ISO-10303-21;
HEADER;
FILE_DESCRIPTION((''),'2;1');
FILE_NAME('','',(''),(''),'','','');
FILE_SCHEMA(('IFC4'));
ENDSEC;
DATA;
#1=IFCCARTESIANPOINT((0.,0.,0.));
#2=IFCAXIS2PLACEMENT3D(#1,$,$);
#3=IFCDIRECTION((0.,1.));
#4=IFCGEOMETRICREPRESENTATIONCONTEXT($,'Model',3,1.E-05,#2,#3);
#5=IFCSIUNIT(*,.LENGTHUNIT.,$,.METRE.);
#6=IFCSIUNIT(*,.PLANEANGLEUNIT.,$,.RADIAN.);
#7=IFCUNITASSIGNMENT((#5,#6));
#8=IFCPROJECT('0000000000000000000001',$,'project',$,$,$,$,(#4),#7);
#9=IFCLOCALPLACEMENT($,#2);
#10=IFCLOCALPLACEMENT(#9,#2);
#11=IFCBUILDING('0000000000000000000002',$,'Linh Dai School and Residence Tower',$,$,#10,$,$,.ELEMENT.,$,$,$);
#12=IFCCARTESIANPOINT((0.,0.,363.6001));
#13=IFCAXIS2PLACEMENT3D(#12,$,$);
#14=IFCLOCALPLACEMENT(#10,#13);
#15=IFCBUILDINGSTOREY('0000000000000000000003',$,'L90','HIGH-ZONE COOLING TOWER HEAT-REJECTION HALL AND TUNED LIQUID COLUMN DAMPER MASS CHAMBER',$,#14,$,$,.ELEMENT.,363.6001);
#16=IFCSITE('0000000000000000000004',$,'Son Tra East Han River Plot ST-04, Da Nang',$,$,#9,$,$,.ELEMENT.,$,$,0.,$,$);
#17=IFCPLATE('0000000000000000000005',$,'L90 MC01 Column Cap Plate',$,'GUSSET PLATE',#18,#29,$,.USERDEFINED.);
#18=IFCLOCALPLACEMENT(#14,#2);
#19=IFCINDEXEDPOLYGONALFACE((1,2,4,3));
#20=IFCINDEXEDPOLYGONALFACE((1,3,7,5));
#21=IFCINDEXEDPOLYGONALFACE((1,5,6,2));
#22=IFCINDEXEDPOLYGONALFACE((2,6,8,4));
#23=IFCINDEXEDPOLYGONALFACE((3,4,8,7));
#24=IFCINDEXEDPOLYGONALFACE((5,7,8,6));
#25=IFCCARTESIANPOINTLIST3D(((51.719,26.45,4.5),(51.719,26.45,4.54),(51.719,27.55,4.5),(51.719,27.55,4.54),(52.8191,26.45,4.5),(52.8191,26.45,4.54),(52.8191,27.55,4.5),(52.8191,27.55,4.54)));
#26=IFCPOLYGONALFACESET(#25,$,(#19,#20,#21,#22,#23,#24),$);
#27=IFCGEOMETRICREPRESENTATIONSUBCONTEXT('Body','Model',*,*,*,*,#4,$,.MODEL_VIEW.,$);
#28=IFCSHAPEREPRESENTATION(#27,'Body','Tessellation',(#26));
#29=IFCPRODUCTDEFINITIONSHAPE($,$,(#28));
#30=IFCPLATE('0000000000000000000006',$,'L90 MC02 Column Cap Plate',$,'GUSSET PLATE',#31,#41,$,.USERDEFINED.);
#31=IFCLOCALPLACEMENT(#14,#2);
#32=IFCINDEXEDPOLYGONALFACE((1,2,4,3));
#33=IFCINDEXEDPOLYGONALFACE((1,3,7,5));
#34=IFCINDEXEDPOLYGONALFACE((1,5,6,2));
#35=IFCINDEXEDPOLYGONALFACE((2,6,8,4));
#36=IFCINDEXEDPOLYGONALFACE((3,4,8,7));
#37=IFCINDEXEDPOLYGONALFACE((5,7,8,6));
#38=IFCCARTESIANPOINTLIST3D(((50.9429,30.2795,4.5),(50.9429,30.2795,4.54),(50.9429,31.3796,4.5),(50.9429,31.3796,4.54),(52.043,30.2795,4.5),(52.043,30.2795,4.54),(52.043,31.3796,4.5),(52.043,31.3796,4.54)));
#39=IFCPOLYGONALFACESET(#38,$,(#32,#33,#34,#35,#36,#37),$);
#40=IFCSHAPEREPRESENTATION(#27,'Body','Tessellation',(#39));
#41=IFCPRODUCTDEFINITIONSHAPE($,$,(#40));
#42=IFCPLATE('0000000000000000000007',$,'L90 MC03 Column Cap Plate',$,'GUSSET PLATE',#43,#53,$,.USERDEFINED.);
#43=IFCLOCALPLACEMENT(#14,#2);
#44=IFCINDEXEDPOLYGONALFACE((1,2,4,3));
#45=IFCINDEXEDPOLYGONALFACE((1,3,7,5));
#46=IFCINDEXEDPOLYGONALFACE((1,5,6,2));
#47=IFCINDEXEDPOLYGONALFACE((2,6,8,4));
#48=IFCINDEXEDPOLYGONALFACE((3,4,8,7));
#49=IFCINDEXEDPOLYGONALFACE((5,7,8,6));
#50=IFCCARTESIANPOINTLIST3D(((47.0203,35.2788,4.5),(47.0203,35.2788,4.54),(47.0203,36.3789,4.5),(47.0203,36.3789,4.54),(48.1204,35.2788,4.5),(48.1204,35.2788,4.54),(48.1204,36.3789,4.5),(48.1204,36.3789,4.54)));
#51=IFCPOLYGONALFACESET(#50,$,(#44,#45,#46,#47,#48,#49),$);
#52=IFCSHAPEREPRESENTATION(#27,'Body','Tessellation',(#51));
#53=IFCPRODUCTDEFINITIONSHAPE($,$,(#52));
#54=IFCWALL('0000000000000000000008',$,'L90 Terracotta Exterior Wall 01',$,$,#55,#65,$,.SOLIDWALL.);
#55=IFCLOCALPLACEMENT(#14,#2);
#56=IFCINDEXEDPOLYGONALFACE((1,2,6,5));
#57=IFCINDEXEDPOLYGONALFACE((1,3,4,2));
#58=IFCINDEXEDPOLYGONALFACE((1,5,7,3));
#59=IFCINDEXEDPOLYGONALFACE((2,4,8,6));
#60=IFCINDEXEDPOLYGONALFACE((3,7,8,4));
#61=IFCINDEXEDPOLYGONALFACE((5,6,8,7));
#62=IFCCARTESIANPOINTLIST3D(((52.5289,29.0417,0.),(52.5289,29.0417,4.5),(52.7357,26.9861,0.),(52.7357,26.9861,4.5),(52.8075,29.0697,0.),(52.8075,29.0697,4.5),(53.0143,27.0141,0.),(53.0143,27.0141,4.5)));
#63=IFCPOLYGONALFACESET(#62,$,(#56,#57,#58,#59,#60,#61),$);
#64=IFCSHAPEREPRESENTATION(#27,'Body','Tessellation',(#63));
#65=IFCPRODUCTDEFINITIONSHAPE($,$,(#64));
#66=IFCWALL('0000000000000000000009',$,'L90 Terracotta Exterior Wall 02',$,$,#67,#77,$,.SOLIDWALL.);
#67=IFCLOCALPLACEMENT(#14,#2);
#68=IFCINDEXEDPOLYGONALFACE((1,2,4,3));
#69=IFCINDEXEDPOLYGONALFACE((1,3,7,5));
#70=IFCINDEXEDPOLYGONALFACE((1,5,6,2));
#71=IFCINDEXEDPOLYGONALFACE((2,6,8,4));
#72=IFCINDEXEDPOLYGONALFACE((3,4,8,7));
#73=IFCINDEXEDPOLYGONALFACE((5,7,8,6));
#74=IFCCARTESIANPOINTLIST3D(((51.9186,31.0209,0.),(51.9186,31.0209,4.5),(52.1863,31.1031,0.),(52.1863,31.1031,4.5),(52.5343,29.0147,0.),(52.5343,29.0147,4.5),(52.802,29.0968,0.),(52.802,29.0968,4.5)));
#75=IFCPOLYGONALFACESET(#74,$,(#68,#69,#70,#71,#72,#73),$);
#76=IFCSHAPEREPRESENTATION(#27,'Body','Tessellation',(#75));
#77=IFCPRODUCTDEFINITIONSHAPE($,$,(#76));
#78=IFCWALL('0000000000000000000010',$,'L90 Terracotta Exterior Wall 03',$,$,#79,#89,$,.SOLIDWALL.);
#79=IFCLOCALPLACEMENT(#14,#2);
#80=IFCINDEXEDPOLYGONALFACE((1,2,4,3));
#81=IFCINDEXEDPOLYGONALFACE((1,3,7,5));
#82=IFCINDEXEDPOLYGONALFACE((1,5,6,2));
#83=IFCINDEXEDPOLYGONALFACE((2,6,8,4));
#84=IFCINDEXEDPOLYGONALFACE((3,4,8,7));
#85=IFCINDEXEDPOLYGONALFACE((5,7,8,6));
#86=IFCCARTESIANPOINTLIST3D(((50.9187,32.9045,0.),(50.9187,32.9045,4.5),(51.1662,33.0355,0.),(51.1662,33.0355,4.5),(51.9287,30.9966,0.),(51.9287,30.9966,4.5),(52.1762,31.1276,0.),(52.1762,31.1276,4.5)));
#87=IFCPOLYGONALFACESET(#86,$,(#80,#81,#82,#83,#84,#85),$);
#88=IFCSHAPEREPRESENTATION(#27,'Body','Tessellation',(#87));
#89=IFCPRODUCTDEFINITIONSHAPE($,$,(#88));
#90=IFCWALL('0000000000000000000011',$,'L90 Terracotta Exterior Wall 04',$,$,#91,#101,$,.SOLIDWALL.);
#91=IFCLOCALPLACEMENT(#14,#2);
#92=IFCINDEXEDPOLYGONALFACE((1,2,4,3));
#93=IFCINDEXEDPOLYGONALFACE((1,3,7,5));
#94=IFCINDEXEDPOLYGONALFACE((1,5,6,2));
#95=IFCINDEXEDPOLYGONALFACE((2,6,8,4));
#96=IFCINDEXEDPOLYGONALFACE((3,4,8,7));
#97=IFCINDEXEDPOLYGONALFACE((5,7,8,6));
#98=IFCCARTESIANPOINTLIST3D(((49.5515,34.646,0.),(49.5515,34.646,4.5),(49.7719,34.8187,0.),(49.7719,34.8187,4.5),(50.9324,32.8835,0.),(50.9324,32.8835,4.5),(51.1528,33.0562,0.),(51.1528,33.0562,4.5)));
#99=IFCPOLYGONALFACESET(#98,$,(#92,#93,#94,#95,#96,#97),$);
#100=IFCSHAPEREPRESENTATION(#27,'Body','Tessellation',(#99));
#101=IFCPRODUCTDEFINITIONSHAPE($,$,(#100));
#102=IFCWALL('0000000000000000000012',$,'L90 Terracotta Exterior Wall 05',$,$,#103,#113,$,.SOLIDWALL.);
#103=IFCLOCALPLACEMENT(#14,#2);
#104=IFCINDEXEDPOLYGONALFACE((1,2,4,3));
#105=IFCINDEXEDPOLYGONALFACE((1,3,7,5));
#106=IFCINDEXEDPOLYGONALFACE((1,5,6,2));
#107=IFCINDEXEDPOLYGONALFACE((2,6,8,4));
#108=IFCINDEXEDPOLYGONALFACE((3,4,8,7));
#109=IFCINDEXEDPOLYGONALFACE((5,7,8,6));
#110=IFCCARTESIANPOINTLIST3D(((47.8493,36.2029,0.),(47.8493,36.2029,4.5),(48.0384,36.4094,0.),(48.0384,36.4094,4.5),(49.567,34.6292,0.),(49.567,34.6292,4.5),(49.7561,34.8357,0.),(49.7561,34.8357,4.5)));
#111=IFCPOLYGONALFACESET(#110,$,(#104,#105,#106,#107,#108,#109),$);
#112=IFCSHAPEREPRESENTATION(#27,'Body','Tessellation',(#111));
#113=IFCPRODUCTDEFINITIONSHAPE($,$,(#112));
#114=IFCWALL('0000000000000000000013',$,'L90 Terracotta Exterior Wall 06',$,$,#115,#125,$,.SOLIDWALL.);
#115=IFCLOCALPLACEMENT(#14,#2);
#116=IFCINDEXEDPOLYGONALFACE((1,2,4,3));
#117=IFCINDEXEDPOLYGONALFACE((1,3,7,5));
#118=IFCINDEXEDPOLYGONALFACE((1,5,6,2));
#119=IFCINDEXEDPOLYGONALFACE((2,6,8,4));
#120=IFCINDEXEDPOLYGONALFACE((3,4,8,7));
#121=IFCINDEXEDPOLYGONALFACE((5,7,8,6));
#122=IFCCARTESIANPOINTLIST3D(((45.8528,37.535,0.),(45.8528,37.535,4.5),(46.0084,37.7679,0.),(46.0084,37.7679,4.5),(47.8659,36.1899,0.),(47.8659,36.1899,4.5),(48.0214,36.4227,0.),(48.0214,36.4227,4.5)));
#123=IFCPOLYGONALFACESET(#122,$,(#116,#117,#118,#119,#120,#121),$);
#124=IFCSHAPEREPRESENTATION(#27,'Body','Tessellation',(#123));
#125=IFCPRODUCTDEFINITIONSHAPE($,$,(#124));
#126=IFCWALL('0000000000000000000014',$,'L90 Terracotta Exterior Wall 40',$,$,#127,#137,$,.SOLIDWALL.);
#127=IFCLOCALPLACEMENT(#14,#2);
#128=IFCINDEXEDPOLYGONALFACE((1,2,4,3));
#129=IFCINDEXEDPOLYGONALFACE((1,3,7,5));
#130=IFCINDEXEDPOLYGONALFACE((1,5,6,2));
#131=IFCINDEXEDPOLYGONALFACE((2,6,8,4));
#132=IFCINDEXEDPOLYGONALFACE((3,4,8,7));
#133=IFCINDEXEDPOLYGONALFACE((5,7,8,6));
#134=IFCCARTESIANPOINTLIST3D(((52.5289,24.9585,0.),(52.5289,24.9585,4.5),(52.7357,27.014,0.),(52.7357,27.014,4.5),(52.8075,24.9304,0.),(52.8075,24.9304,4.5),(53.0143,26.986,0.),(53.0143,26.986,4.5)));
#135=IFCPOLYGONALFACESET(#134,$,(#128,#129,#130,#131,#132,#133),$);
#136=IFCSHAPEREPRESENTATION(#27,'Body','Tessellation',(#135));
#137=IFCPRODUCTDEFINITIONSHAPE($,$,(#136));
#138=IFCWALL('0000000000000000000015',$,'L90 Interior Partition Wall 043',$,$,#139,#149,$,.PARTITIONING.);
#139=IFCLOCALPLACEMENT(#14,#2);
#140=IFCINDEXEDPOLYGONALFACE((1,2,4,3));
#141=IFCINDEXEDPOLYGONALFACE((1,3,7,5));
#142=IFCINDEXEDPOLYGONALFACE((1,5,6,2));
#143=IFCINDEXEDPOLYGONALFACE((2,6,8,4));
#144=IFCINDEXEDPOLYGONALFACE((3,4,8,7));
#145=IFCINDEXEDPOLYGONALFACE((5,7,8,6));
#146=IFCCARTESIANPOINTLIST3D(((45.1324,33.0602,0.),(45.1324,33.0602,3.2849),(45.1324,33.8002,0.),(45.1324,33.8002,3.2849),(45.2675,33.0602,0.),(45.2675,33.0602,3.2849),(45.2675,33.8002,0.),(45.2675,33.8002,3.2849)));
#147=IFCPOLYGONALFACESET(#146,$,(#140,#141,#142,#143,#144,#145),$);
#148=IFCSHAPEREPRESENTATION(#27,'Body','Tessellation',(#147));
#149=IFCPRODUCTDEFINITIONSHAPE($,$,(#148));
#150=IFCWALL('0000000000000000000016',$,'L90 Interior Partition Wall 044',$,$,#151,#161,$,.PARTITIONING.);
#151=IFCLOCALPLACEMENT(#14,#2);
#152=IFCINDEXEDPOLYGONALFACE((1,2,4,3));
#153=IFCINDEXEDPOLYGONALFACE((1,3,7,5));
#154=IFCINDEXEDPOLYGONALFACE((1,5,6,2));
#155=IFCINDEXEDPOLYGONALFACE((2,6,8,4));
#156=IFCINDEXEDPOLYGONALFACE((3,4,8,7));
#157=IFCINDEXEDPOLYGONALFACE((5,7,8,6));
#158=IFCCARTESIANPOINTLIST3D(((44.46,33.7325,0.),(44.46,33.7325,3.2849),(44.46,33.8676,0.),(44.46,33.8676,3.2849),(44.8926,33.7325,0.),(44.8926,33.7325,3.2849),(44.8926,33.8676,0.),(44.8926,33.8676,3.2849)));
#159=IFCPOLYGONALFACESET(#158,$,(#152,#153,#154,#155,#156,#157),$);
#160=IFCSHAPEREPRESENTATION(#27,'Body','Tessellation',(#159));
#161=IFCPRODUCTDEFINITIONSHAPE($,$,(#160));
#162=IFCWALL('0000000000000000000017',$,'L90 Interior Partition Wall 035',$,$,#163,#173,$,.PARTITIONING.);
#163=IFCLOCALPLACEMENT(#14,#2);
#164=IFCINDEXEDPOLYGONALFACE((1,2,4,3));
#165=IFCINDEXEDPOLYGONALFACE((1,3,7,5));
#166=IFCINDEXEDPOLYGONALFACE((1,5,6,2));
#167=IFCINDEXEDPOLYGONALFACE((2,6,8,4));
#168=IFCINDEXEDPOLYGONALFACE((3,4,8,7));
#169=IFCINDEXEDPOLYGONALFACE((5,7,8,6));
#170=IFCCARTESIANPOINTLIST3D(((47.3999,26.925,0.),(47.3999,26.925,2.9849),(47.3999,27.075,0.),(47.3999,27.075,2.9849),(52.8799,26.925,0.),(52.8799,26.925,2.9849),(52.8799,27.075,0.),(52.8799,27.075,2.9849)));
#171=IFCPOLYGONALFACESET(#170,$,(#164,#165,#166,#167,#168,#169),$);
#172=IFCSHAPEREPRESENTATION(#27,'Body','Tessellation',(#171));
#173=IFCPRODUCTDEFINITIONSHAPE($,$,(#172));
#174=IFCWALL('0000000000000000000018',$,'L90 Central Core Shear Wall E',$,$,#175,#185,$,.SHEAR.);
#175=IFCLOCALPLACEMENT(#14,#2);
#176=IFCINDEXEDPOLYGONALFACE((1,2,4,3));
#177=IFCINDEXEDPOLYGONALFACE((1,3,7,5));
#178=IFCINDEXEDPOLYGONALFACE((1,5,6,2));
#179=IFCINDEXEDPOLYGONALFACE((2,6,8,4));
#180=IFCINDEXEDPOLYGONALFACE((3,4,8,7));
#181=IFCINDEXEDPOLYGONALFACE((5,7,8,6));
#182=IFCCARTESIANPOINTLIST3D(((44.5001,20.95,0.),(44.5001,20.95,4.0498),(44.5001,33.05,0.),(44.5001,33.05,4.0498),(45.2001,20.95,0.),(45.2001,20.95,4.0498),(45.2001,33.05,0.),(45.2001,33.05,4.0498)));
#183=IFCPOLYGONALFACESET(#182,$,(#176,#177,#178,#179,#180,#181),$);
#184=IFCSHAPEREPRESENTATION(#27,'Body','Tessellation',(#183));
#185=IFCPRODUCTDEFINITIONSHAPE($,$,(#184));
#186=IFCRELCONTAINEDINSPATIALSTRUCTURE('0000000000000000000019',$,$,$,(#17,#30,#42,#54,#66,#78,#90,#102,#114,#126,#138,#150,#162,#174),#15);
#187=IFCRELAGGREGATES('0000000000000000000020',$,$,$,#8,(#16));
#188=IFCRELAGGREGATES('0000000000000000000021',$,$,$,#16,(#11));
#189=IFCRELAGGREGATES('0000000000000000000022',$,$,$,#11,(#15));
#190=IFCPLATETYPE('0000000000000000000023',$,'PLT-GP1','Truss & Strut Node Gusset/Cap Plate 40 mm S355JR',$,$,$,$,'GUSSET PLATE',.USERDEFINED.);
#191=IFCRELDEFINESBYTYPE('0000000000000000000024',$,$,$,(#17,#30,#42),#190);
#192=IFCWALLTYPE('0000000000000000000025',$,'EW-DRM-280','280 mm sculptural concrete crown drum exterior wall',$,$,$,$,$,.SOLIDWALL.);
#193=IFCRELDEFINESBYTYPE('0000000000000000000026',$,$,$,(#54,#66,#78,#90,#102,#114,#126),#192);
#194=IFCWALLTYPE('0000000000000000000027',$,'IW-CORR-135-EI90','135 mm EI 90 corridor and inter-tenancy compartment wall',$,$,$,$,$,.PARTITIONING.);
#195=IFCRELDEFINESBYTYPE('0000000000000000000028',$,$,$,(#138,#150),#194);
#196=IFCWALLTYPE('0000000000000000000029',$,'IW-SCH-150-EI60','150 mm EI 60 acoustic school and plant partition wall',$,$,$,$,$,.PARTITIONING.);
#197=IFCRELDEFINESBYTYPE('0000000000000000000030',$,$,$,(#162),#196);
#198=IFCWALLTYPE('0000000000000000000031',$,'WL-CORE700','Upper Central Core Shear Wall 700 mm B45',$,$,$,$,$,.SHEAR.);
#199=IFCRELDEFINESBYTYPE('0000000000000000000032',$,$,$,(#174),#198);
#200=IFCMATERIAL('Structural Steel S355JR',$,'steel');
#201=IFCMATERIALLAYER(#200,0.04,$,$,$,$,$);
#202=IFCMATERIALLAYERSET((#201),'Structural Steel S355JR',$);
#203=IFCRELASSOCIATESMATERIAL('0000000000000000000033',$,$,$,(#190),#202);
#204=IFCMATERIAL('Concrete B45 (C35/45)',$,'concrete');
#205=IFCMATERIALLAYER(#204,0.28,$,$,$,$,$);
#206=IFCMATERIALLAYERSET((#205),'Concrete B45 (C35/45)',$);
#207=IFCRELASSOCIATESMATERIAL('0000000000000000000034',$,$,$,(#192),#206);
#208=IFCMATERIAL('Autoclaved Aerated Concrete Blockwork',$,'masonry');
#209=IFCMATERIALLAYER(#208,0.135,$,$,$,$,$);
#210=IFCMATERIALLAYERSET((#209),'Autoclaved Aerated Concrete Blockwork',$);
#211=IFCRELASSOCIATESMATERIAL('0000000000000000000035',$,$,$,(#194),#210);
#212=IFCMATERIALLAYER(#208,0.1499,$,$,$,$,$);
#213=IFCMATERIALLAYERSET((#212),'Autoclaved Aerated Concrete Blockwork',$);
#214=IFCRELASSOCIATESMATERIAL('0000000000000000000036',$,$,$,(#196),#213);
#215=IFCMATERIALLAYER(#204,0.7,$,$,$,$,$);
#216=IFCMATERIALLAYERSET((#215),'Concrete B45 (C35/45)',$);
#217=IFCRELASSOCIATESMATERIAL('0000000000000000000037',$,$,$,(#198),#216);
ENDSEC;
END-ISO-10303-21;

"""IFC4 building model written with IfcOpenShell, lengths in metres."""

from ifc_helpers import new_model, si_unit, direction, frame, frame_2d, origin, origin_2d, place, context, subcontext, project, spatial, rectangle, extrude, source, transform, mapped, material, layer, layer_set, type_object, element, save


model = new_model("IFC4")

# Units and contexts
model_context = context("Model", 3, precision=1e-05, world=origin(), true_north=direction((0.0, 1.0)))
body_context = subcontext(model_context, "Body", "Model", "MODEL_VIEW")
ifc_project = project(units=[si_unit("LENGTHUNIT", "METRE"), si_unit("PLANEANGLEUNIT", "RADIAN")], contexts=[model_context])

# Site, building, storey
site_placement = place(None, origin())
site = spatial("IfcSite", under=ifc_project, at=site_placement, Name="Son Tra East Han River Plot ST-04, Da Nang", CompositionType="ELEMENT", RefElevation=0.0)
building_placement = place(site_placement, origin())
building = spatial("IfcBuilding", under=site, at=building_placement, Name="Linh Dai School and Residence Tower", CompositionType="ELEMENT")
storey_placement = place(building_placement, frame((0.0, 0.0, 363.6001)))
storey = spatial("IfcBuildingStorey", under=building, at=storey_placement, Name="L90", Description="HIGH-ZONE COOLING TOWER HEAT-REJECTION HALL AND TUNED LIQUID COLUMN DAMPER MASS CHAMBER", CompositionType="ELEMENT", Elevation=363.6001)

# Shared definitions
ifc_material_1 = material(Name="Concrete B45 (C35/45)", Category="concrete")
ifc_material_2 = material(Name="Structural Steel S355JR", Category="steel")

# Plates
ifc_layer_1 = layer(ifc_material_2, 0.04)
ifc_layer_set_1 = layer_set([ifc_layer_1], Name="Structural Steel S355JR")
plate_type = type_object("IfcPlateType", Name="PLT-GP1", Description="Truss & Strut Node Gusset/Cap Plate 40 mm S355JR", ElementType="GUSSET PLATE", PredefinedType="USERDEFINED", material=ifc_layer_set_1)
shared_shape = source(origin(), body_context, "Body", "SweptSolid", [
    extrude(rectangle(XDim=1.1001, YDim=1.1001, at=origin_2d()), origin(), (0.0, 0.0, 1.0), 0.04),
])
for number, where, z_axis, x_axis, name in (
    (1, (52.269, 27.0, 4.5), (0.0, 0.0, 1.0), (1.0, 0.0, 0.0), "L90 MC01 Column Cap Plate"),
    (2, (51.4929, 30.8296, 4.5), (0.0, 0.0, 1.0), (1.0, 0.0, 0.0), "L90 MC02 Column Cap Plate"),
    (3, (47.5703, 35.8289, 4.5), (0.0, 0.0, 1.0), (1.0, 0.0, 0.0), "L90 MC03 Column Cap Plate"),
):
    element("IfcPlate", number, at=place(storey_placement, frame(where, z_axis=z_axis, x_axis=x_axis)), inside=storey, type_object=plate_type, Name=name, ObjectType="GUSSET PLATE", PredefinedType="USERDEFINED", context=body_context, shape_type="MappedRepresentation", body=[
        mapped(shared_shape, transform((0.0, 0.0, 0.0), x_axis=(1.0, 0.0, 0.0), y_axis=(0.0, 1.0, 0.0), z_axis=(0.0, 0.0, 1.0), scale=1.0)),
    ])

# Walls
ifc_layer_2 = layer(ifc_material_1, 0.28)
ifc_layer_set_2 = layer_set([ifc_layer_2], Name="Concrete B45 (C35/45)")
wall_type_1 = type_object("IfcWallType", Name="EW-DRM-280", Description="280 mm sculptural concrete crown drum exterior wall", PredefinedType="SOLIDWALL", material=ifc_layer_set_2)
wall_1_placement = place(storey_placement, frame((52.6682, 29.0557, 0.0), z_axis=(0.0, 0.0, 1.0), x_axis=(0.100089, -0.994979, 0.0)))
element("IfcWall", 4, at=wall_1_placement, inside=storey, type_object=wall_type_1, Name="L90 Terracotta Exterior Wall 01", PredefinedType="SOLIDWALL", context=body_context, shape_type="SweptSolid", body=[
    extrude(rectangle(XDim=2.0659, YDim=0.28, at=frame_2d((1.033, 0.0))), origin(), (0.0, 0.0, 1.0), 4.5),
])
wall_2_placement = place(storey_placement, frame((52.0525, 31.062, 0.0), z_axis=(0.0, 0.0, 1.0), x_axis=(0.293383, -0.955995, 0.0)))
element("IfcWall", 5, at=wall_2_placement, inside=storey, type_object=wall_type_1, Name="L90 Terracotta Exterior Wall 02", PredefinedType="SOLIDWALL", context=body_context, shape_type="SweptSolid", body=[
    extrude(rectangle(XDim=2.0986, YDim=0.28, at=frame_2d((1.0493, 0.0))), origin(), (0.0, 0.0, 1.0), 4.5),
])
wall_3_placement = place(storey_placement, frame((51.0425, 32.97, 0.0), z_axis=(0.0, 0.0, 1.0), x_axis=(0.467857, -0.883804, 0.0)))
element("IfcWall", 6, at=wall_3_placement, inside=storey, type_object=wall_type_1, Name="L90 Terracotta Exterior Wall 03", PredefinedType="SOLIDWALL", context=body_context, shape_type="SweptSolid", body=[
    extrude(rectangle(XDim=2.1587, YDim=0.28, at=frame_2d((1.0793, 0.0))), origin(), (0.0, 0.0, 1.0), 4.5),
])
wall_4_placement = place(storey_placement, frame((49.6616, 34.7324, 0.0), z_axis=(0.0, 0.0, 1.0), x_axis=(0.616737, -0.787169, 0.0)))
element("IfcWall", 7, at=wall_4_placement, inside=storey, type_object=wall_type_1, Name="L90 Terracotta Exterior Wall 04", PredefinedType="SOLIDWALL", context=body_context, shape_type="SweptSolid", body=[
    extrude(rectangle(XDim=2.239, YDim=0.28, at=frame_2d((1.1196, 0.0))), origin(), (0.0, 0.0, 1.0), 4.5),
])
wall_5_placement = place(storey_placement, frame((47.9438, 36.3062, 0.0), z_axis=(0.0, 0.0, 1.0), x_axis=(0.737346, -0.675516, 0.0)))
element("IfcWall", 8, at=wall_5_placement, inside=storey, type_object=wall_type_1, Name="L90 Terracotta Exterior Wall 05", PredefinedType="SOLIDWALL", context=body_context, shape_type="SweptSolid", body=[
    extrude(rectangle(XDim=2.3296, YDim=0.28, at=frame_2d((1.1648, 0.0))), origin(), (0.0, 0.0, 1.0), 4.5),
])
wall_6_placement = place(storey_placement, frame((45.9307, 37.6514, 0.0), z_axis=(0.0, 0.0, 1.0), x_axis=(0.83146, -0.555584, 0.0)))
element("IfcWall", 9, at=wall_6_placement, inside=storey, type_object=wall_type_1, Name="L90 Terracotta Exterior Wall 06", PredefinedType="SOLIDWALL", context=body_context, shape_type="SweptSolid", body=[
    extrude(rectangle(XDim=2.4211, YDim=0.28, at=frame_2d((1.2104, 0.0))), origin(), (0.0, 0.0, 1.0), 4.5),
])
wall_7_placement = place(storey_placement, frame((52.875, 27.0, 0.0), z_axis=(0.0, 0.0, 1.0), x_axis=(-0.100089, -0.994979, 0.0)))
element("IfcWall", 10, at=wall_7_placement, inside=storey, type_object=wall_type_1, Name="L90 Terracotta Exterior Wall 40", PredefinedType="SOLIDWALL", context=body_context, shape_type="SweptSolid", body=[
    extrude(rectangle(XDim=2.0659, YDim=0.28, at=frame_2d((1.033, 0.0))), origin(), (0.0, 0.0, 1.0), 4.5),
])
ifc_material_3 = material(Name="Autoclaved Aerated Concrete Blockwork", Category="masonry")
ifc_layer_3 = layer(ifc_material_3, 0.135)
ifc_layer_set_3 = layer_set([ifc_layer_3], Name="Autoclaved Aerated Concrete Blockwork")
wall_type_2 = type_object("IfcWallType", Name="IW-CORR-135-EI90", Description="135 mm EI 90 corridor and inter-tenancy compartment wall", PredefinedType="PARTITIONING", material=ifc_layer_set_3)
wall_8_placement = place(storey_placement, frame((45.2, 33.0601, 0.0), z_axis=(0.0, 0.0, 1.0), x_axis=(0.0, 1.0, 0.0)))
element("IfcWall", 11, at=wall_8_placement, inside=storey, type_object=wall_type_2, Name="L90 Interior Partition Wall 043", PredefinedType="PARTITIONING", context=body_context, shape_type="SweptSolid", body=[
    extrude(rectangle(XDim=0.74, YDim=0.135, at=frame_2d((0.3701, 0.0))), origin(), (0.0, 0.0, 1.0), 3.2849),
])
wall_9_placement = place(storey_placement, frame((44.8926, 33.8, 0.0), z_axis=(0.0, 0.0, 1.0), x_axis=(-1.0, 0.0, 0.0)))
element("IfcWall", 12, at=wall_9_placement, inside=storey, type_object=wall_type_2, Name="L90 Interior Partition Wall 044", PredefinedType="PARTITIONING", context=body_context, shape_type="SweptSolid", body=[
    extrude(rectangle(XDim=0.4326, YDim=0.135, at=frame_2d((0.2163, 0.0))), origin(), (0.0, 0.0, 1.0), 3.2849),
])
ifc_layer_4 = layer(ifc_material_3, 0.1499)
ifc_layer_set_4 = layer_set([ifc_layer_4], Name="Autoclaved Aerated Concrete Blockwork")
wall_type_3 = type_object("IfcWallType", Name="IW-SCH-150-EI60", Description="150 mm EI 60 acoustic school and plant partition wall", PredefinedType="PARTITIONING", material=ifc_layer_set_4)
wall_10_placement = place(storey_placement, frame((47.3999, 27.0, 0.0), z_axis=(0.0, 0.0, 1.0), x_axis=(1.0, 0.0, 0.0)))
element("IfcWall", 13, at=wall_10_placement, inside=storey, type_object=wall_type_3, Name="L90 Interior Partition Wall 035", PredefinedType="PARTITIONING", context=body_context, shape_type="SweptSolid", body=[
    extrude(rectangle(XDim=5.48, YDim=0.1499, at=frame_2d((2.74, 0.0))), origin(), (0.0, 0.0, 1.0), 2.9849),
])
ifc_layer_5 = layer(ifc_material_1, 0.7)
ifc_layer_set_5 = layer_set([ifc_layer_5], Name="Concrete B45 (C35/45)")
wall_type_4 = type_object("IfcWallType", Name="WL-CORE700", Description="Upper Central Core Shear Wall 700 mm B45", PredefinedType="SHEAR", material=ifc_layer_set_5)
wall_11_placement = place(storey_placement, frame((44.8501, 33.05, 0.0), z_axis=(0.0, 0.0, 1.0), x_axis=(0.0, -1.0, 0.0)))
element("IfcWall", 14, at=wall_11_placement, inside=storey, type_object=wall_type_4, Name="L90 Central Core Shear Wall E", PredefinedType="SHEAR", context=body_context, shape_type="SweptSolid", body=[
    extrude(rectangle(XDim=12.1001, YDim=0.7, at=frame_2d((6.05, 0.0))), origin(), (0.0, 0.0, 1.0), 4.0498),
])

save(model, "model.ifc")
